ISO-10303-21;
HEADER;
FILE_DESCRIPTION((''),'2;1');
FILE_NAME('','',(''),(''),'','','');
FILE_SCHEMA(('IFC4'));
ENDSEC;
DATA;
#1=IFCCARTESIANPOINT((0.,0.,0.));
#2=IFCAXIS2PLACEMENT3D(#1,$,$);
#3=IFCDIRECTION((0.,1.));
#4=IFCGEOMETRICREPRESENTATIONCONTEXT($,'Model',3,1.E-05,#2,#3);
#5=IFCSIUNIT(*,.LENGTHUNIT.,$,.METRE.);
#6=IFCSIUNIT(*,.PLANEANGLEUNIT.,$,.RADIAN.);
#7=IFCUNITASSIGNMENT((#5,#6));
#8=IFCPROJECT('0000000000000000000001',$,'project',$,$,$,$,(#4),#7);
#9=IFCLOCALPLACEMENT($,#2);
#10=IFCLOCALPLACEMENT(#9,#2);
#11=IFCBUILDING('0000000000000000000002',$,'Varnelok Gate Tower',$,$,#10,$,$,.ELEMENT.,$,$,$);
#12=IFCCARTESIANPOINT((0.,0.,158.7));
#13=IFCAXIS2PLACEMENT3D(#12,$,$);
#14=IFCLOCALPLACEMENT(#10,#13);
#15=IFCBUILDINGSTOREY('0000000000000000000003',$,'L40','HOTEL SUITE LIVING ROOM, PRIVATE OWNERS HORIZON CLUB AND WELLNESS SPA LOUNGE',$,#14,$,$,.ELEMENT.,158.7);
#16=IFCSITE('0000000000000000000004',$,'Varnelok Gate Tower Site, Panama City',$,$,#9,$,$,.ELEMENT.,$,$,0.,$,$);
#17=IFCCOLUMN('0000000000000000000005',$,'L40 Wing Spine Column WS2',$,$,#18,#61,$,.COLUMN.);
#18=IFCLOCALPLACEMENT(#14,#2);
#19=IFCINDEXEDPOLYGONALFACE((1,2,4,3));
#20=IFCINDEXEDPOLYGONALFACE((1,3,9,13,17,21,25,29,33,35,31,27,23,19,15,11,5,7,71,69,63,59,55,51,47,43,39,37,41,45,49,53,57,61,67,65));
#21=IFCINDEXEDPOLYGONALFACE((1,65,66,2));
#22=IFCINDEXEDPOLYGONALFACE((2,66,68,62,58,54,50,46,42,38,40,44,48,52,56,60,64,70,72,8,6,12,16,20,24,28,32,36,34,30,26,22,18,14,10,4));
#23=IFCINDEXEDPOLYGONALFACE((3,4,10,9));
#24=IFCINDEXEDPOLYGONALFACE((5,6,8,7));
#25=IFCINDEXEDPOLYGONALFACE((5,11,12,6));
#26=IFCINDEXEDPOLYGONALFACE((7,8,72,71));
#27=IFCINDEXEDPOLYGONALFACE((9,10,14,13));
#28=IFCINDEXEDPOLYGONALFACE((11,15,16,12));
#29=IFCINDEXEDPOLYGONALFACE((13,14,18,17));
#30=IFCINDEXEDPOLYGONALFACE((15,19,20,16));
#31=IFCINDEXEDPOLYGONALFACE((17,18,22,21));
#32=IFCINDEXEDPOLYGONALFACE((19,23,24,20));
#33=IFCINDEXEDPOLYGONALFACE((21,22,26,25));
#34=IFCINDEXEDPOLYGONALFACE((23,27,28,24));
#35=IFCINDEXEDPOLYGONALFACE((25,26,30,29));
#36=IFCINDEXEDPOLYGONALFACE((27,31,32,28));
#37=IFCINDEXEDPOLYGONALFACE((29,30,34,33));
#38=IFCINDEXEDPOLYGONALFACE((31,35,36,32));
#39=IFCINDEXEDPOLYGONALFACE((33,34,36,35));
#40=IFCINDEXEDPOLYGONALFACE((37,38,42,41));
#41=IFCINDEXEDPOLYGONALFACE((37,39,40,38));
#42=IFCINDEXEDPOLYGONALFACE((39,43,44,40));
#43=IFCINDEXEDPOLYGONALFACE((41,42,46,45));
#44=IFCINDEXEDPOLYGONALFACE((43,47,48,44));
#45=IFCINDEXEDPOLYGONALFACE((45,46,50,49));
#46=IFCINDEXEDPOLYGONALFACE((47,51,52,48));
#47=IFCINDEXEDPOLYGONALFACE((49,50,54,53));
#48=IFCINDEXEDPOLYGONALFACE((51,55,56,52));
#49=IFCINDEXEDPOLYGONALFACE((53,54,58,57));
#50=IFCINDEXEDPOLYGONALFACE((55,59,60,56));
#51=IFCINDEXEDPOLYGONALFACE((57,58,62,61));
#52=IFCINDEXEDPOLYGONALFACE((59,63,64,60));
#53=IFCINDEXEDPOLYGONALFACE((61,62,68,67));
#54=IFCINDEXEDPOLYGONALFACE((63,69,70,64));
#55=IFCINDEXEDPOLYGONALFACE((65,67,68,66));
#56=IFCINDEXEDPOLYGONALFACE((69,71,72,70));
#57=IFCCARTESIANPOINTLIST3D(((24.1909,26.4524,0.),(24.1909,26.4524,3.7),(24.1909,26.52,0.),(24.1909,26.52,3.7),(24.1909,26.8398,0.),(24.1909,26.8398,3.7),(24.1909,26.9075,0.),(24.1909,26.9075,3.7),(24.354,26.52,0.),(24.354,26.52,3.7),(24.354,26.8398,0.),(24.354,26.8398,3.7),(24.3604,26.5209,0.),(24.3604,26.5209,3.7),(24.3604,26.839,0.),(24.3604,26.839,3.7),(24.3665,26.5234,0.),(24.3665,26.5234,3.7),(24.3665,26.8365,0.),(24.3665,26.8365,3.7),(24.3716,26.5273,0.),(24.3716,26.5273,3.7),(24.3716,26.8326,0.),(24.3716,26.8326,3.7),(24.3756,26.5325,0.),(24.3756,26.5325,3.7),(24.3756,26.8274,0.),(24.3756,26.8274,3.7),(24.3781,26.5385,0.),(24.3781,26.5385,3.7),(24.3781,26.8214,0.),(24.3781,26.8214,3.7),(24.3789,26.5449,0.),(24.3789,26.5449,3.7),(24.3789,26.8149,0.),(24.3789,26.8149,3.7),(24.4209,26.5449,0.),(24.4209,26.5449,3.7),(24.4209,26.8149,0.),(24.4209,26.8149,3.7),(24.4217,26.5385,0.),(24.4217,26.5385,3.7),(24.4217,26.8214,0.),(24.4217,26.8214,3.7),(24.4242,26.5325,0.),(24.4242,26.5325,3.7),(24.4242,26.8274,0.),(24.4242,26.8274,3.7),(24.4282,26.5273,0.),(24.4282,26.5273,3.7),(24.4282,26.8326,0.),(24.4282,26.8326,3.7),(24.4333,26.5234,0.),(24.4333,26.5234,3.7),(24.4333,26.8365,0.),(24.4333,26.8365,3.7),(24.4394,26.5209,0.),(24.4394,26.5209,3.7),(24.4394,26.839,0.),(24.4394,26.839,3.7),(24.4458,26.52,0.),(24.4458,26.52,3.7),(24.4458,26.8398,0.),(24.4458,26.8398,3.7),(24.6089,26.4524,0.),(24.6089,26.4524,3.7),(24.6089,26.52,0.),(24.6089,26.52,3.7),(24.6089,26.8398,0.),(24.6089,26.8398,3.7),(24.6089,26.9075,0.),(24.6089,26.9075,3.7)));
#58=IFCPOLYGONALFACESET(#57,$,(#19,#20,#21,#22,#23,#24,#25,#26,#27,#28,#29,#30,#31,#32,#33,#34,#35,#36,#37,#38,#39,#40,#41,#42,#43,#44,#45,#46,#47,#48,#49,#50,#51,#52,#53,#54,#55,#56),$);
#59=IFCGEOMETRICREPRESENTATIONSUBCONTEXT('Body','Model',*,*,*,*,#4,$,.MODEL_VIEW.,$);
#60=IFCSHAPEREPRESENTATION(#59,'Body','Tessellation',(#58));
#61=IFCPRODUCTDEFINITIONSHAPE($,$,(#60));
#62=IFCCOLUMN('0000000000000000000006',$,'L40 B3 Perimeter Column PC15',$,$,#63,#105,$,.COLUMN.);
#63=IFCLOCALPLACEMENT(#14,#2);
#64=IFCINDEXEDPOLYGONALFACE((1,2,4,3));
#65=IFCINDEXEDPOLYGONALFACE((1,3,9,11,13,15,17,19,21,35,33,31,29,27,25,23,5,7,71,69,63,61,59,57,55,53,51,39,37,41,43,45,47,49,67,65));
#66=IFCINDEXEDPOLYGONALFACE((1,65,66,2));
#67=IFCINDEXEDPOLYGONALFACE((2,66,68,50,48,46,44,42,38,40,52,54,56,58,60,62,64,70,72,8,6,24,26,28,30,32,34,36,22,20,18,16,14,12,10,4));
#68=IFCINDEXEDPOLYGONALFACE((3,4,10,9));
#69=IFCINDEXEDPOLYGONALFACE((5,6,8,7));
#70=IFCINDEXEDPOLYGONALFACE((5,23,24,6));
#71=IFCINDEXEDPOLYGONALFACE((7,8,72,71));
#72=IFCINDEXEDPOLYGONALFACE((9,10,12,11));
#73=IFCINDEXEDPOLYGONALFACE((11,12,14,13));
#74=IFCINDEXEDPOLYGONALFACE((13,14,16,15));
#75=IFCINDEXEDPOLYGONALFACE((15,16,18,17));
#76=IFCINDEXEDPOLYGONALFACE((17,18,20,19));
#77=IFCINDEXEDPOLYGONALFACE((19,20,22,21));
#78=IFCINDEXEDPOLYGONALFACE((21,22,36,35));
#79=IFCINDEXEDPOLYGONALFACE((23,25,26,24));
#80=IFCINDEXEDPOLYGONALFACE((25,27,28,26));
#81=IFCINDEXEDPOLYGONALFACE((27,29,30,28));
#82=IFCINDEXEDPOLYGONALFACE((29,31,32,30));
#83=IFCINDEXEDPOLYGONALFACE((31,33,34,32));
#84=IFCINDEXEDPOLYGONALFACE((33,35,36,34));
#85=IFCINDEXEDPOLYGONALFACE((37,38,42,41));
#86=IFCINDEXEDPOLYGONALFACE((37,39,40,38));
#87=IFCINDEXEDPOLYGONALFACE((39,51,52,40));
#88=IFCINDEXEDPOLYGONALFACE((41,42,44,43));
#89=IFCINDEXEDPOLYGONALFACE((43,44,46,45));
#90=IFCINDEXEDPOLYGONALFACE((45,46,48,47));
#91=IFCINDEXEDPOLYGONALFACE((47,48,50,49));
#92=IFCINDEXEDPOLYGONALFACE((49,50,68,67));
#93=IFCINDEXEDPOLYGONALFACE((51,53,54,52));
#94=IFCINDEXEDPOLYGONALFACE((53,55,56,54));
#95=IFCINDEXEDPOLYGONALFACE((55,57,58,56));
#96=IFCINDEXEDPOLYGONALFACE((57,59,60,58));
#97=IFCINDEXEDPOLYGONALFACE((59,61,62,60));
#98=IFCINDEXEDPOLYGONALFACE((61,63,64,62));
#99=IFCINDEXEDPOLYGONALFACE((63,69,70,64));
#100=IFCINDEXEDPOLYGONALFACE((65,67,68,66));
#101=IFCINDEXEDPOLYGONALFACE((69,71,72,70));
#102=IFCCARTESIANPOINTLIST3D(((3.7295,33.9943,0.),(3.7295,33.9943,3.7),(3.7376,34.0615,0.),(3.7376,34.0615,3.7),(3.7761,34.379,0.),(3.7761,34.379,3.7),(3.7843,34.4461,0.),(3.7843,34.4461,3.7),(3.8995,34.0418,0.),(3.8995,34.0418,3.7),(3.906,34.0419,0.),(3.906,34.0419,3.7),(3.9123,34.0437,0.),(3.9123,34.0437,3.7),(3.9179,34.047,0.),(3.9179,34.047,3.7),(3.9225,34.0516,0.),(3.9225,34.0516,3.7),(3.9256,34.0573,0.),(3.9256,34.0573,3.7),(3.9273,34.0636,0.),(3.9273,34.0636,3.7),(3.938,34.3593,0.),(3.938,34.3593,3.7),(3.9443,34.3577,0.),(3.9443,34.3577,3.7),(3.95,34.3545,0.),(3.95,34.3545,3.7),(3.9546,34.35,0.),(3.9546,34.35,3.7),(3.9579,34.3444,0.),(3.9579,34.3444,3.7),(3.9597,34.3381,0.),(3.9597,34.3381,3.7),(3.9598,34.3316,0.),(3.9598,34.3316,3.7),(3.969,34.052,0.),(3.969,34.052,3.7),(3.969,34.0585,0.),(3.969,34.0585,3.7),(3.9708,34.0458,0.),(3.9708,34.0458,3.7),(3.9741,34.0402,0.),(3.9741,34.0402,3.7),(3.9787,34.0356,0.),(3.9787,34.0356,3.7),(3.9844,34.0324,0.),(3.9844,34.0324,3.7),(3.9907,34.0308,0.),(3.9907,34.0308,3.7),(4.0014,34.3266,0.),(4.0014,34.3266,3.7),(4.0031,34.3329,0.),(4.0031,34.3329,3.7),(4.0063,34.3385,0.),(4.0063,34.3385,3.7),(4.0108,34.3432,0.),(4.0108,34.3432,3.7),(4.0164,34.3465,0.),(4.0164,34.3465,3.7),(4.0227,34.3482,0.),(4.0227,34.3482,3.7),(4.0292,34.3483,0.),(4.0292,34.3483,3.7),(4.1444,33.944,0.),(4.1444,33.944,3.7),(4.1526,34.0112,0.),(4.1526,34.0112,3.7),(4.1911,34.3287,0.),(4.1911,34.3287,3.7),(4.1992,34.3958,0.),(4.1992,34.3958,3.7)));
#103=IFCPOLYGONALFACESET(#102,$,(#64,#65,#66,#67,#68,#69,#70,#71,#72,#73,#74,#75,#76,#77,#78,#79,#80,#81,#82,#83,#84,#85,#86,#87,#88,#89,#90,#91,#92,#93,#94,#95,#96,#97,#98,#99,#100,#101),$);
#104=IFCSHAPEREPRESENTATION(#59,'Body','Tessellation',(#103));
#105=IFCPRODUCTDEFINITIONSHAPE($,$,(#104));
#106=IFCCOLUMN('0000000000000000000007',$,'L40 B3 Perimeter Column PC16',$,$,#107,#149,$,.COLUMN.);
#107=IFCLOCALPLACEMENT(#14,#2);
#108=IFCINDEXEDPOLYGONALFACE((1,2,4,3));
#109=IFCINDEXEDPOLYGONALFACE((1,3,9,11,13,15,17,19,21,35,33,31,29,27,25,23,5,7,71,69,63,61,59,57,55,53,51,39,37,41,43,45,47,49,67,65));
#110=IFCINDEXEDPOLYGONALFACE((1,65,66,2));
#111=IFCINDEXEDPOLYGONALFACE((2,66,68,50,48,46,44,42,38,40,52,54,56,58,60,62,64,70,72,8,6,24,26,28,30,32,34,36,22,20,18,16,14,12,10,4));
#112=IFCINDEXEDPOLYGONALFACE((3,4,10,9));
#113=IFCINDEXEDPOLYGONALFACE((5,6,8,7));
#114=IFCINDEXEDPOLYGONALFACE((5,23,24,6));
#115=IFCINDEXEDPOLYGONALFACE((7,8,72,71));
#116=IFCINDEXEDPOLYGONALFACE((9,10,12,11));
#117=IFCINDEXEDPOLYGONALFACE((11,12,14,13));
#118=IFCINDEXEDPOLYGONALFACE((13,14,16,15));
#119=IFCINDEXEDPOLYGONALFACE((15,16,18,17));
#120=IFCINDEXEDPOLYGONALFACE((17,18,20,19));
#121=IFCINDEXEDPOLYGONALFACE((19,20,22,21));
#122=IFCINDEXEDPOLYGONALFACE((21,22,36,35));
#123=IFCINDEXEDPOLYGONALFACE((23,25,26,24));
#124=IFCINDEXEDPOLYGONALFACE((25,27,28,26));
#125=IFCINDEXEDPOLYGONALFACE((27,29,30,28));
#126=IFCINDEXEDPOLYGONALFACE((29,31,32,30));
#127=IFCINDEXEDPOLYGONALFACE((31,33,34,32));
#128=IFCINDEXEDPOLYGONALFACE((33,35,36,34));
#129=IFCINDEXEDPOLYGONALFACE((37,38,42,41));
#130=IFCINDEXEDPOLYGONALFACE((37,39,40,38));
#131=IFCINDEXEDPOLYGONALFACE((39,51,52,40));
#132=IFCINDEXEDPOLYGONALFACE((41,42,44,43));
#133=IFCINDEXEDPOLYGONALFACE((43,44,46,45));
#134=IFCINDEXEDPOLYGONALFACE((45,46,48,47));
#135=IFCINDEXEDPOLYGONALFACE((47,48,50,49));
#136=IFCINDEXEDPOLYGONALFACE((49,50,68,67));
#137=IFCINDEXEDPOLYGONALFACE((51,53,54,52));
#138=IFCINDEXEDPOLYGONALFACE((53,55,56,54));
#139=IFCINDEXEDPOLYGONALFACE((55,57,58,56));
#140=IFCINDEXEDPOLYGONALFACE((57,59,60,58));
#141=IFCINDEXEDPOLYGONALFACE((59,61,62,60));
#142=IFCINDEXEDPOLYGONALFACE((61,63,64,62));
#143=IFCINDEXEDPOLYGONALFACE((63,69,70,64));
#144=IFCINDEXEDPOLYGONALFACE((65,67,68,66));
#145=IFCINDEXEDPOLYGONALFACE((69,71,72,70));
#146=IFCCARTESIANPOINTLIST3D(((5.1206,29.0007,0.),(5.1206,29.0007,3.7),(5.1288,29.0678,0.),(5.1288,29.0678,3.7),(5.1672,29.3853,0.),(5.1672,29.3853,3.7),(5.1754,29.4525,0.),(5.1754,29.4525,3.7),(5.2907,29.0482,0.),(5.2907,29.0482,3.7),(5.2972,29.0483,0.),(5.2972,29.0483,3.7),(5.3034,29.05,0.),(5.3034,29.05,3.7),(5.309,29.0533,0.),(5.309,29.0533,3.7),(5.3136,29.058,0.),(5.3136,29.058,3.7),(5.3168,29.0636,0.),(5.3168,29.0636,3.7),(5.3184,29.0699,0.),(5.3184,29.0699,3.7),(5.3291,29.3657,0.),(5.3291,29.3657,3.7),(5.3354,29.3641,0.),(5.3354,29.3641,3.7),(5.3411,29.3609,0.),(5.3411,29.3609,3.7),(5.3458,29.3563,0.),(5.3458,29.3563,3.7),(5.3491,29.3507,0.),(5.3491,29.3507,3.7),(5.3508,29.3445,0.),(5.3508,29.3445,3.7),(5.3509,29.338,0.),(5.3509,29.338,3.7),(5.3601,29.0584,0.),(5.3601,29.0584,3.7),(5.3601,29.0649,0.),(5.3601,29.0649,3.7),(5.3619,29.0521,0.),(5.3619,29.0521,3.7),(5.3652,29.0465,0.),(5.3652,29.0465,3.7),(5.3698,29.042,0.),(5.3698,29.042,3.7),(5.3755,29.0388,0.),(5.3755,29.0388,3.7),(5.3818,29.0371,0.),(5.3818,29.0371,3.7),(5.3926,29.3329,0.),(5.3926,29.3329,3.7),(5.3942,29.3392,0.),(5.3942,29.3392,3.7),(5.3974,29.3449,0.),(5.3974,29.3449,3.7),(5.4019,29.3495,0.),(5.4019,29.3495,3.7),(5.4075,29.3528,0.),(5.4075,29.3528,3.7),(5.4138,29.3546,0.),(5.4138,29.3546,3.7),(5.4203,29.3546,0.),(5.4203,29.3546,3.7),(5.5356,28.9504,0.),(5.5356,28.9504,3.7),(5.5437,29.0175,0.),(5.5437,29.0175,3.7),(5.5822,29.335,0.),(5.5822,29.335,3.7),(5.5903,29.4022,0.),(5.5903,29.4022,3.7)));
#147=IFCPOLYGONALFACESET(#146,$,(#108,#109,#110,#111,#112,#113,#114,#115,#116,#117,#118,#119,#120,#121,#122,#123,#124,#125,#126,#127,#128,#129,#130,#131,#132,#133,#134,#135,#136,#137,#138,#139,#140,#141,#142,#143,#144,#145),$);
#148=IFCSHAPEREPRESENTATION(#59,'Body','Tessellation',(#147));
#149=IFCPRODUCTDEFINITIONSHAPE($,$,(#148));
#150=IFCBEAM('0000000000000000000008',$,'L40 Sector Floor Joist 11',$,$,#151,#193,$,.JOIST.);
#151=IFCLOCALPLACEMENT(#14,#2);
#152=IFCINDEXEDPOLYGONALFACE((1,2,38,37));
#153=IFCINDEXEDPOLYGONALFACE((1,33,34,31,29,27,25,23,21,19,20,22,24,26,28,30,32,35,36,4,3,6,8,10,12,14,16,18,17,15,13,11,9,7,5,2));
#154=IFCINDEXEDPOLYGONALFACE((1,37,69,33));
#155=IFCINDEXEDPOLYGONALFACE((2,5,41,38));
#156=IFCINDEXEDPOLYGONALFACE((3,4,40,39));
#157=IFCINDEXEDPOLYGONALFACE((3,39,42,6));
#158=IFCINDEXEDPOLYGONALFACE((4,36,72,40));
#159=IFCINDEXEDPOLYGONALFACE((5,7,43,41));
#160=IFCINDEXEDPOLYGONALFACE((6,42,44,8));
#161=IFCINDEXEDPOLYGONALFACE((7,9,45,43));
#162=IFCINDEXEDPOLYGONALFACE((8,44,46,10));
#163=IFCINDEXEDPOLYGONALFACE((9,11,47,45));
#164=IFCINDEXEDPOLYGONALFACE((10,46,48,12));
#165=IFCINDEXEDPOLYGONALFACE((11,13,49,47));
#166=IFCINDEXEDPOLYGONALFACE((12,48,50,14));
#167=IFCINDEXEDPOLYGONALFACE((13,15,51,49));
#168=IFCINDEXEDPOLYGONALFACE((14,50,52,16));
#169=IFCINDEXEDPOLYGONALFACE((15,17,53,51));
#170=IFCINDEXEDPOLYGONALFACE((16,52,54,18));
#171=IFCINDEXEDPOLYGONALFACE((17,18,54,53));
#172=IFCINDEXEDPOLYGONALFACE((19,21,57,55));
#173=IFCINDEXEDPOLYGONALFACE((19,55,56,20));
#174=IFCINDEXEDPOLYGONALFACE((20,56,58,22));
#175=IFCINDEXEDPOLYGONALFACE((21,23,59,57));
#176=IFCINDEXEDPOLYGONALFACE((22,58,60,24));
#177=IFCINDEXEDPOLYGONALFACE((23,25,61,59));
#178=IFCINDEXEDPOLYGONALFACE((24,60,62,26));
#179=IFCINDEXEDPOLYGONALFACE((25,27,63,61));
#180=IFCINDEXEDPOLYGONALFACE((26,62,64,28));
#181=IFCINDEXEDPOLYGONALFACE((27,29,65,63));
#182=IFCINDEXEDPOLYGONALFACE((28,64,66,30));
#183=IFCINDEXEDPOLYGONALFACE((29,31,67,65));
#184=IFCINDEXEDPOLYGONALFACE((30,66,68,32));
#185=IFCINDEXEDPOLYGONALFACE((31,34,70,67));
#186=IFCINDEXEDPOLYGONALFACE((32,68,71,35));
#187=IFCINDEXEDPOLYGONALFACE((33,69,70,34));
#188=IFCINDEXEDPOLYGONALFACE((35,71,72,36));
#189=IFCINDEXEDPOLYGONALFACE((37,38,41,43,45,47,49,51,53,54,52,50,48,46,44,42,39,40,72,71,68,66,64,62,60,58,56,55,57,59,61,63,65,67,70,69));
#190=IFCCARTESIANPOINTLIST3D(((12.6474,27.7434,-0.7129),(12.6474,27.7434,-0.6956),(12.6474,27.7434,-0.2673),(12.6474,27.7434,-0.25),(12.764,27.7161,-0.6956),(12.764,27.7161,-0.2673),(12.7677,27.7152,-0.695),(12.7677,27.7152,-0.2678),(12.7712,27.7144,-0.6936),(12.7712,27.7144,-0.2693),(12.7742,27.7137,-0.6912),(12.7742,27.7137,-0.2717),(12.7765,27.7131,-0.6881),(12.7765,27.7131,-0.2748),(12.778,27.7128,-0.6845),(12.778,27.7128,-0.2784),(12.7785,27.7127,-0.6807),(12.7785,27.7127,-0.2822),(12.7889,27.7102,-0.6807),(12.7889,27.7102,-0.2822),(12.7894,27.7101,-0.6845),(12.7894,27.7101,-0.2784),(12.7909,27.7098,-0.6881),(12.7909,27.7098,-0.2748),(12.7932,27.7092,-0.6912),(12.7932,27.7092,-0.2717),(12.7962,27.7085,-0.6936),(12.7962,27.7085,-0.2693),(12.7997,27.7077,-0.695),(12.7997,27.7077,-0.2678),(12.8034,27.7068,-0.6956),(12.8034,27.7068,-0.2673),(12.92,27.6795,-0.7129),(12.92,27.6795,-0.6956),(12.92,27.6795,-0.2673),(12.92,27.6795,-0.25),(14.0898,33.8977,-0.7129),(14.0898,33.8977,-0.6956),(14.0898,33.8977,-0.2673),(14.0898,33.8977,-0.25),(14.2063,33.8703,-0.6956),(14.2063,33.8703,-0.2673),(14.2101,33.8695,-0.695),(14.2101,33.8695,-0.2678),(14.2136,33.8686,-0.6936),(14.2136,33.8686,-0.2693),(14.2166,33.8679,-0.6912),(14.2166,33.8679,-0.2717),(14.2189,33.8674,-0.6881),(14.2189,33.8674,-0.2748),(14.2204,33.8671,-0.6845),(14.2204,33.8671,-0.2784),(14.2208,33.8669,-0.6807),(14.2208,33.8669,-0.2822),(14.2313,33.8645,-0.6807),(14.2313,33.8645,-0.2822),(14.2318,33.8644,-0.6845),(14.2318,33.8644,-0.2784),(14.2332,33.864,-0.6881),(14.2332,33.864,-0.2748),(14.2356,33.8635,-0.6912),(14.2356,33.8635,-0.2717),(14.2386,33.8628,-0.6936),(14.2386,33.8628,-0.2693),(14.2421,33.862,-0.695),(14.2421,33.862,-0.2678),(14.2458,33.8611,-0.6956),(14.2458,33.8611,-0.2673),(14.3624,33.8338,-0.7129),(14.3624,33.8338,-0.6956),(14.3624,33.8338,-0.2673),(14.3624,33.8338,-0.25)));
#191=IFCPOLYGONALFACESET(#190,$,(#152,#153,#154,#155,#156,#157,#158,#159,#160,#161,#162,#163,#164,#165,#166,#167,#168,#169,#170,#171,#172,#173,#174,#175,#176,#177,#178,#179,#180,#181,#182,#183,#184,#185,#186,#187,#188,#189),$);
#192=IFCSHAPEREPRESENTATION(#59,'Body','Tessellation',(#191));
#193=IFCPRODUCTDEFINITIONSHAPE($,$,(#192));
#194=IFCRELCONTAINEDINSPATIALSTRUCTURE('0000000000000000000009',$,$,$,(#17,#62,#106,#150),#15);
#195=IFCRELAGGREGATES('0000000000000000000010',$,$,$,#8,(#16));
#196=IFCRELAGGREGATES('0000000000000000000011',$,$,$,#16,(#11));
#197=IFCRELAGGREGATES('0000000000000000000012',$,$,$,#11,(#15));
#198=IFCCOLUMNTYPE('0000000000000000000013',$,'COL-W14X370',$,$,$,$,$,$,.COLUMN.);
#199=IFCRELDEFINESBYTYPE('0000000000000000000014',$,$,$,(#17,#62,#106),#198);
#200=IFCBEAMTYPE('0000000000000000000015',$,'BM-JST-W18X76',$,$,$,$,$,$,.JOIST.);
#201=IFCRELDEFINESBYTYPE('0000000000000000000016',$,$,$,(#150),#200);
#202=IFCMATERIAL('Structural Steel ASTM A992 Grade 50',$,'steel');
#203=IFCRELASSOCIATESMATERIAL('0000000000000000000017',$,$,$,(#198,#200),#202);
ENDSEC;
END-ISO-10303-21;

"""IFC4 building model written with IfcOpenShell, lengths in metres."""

from ifc_helpers import new_model, si_unit, direction, frame, origin, origin_2d, place, context, subcontext, project, spatial, i_section, extrude, material, material_profile, profile_set, type_object, element, save


model = new_model("IFC4")

# Units and contexts
model_context = context("Model", 3, precision=1e-05, world=origin(), true_north=direction((0.0, 1.0)))
body_context = subcontext(model_context, "Body", "Model", "MODEL_VIEW")
ifc_project = project(units=[si_unit("LENGTHUNIT", "METRE"), si_unit("PLANEANGLEUNIT", "RADIAN")], contexts=[model_context])

# Site, building, storey
site_placement = place(None, origin())
site = spatial("IfcSite", under=ifc_project, at=site_placement, Name="Varnelok Gate Tower Site, Panama City", CompositionType="ELEMENT", RefElevation=0.0)
building_placement = place(site_placement, origin())
building = spatial("IfcBuilding", under=site, at=building_placement, Name="Varnelok Gate Tower", CompositionType="ELEMENT")
storey_placement = place(building_placement, frame((0.0, 0.0, 158.7)))
storey = spatial("IfcBuildingStorey", under=building, at=storey_placement, Name="L40", Description="HOTEL SUITE LIVING ROOM, PRIVATE OWNERS HORIZON CLUB AND WELLNESS SPA LOUNGE", CompositionType="ELEMENT", Elevation=158.7)

# Columns
ifc_material_1 = material(Name="Structural Steel ASTM A992 Grade 50", Category="steel")
ifc_material_profile_1 = material_profile(ifc_material_1, i_section(OverallWidth=0.418, OverallDepth=0.4551, WebThickness=0.042, FlangeThickness=0.0676, FilletRadius=0.0249, at=origin_2d()), Name="W14X370")
ifc_profile_set_1 = profile_set([ifc_material_profile_1], Name="Structural Steel ASTM A992 Grade 50")
column_type = type_object("IfcColumnType", Name="COL-W14X370", PredefinedType="COLUMN", material=ifc_profile_set_1)
for number, where, z_axis, x_axis, name in (
    (1, (24.3999, 26.6799, 0.0), (0.0, 0.0, 1.0), (1.0, 0.0, 0.0), "L40 Wing Spine Column WS2"),
    (2, (3.9644, 34.1951, 0.0), (0.0, 0.0, 1.0), (0.992732, -0.120345, 0.0), "L40 B3 Perimeter Column PC15"),
    (3, (5.3555, 29.2014, 0.0), (0.0, 0.0, 1.0), (0.992732, -0.120345, 0.0), "L40 B3 Perimeter Column PC16"),
):
    element("IfcColumn", number, at=place(storey_placement, frame(where, z_axis=z_axis, x_axis=x_axis)), inside=storey, type_object=column_type, Name=name, PredefinedType="COLUMN", context=body_context, shape_type="SweptSolid", body=[
        extrude(i_section(OverallWidth=0.418, OverallDepth=0.4551, WebThickness=0.042, FlangeThickness=0.0676, FilletRadius=0.0249, at=origin_2d()), origin(), (0.0, 0.0, 1.0), 3.7),
    ])

# Beam
ifc_material_profile_2 = material_profile(ifc_material_1, i_section(OverallWidth=0.28, OverallDepth=0.4629, WebThickness=0.0107, FlangeThickness=0.0173, FilletRadius=0.0149, at=origin_2d()), Name="W18X76")
ifc_profile_set_2 = profile_set([ifc_material_profile_2], Name="Structural Steel ASTM A992 Grade 50")
beam_type_1 = type_object("IfcBeamType", Name="BM-JST-W18X76", PredefinedType="JOIST", material=ifc_profile_set_2)
beam_1_placement = place(storey_placement, frame((14.2261, 33.8657, -0.4814), z_axis=(-0.228187, -0.973617, 0.0), x_axis=(0.973617, -0.228187, 0.0)))
element("IfcBeam", 4, at=beam_1_placement, inside=storey, type_object=beam_type_1, Name="L40 Sector Floor Joist 11", PredefinedType="JOIST", context=body_context, shape_type="SweptSolid", body=[
    extrude(i_section(OverallWidth=0.28, OverallDepth=0.4629, WebThickness=0.0107, FlangeThickness=0.0173, FilletRadius=0.0149, at=origin_2d()), origin(), (0.0, 0.0, 1.0), 6.321),
])

save(model, "model.ifc")
